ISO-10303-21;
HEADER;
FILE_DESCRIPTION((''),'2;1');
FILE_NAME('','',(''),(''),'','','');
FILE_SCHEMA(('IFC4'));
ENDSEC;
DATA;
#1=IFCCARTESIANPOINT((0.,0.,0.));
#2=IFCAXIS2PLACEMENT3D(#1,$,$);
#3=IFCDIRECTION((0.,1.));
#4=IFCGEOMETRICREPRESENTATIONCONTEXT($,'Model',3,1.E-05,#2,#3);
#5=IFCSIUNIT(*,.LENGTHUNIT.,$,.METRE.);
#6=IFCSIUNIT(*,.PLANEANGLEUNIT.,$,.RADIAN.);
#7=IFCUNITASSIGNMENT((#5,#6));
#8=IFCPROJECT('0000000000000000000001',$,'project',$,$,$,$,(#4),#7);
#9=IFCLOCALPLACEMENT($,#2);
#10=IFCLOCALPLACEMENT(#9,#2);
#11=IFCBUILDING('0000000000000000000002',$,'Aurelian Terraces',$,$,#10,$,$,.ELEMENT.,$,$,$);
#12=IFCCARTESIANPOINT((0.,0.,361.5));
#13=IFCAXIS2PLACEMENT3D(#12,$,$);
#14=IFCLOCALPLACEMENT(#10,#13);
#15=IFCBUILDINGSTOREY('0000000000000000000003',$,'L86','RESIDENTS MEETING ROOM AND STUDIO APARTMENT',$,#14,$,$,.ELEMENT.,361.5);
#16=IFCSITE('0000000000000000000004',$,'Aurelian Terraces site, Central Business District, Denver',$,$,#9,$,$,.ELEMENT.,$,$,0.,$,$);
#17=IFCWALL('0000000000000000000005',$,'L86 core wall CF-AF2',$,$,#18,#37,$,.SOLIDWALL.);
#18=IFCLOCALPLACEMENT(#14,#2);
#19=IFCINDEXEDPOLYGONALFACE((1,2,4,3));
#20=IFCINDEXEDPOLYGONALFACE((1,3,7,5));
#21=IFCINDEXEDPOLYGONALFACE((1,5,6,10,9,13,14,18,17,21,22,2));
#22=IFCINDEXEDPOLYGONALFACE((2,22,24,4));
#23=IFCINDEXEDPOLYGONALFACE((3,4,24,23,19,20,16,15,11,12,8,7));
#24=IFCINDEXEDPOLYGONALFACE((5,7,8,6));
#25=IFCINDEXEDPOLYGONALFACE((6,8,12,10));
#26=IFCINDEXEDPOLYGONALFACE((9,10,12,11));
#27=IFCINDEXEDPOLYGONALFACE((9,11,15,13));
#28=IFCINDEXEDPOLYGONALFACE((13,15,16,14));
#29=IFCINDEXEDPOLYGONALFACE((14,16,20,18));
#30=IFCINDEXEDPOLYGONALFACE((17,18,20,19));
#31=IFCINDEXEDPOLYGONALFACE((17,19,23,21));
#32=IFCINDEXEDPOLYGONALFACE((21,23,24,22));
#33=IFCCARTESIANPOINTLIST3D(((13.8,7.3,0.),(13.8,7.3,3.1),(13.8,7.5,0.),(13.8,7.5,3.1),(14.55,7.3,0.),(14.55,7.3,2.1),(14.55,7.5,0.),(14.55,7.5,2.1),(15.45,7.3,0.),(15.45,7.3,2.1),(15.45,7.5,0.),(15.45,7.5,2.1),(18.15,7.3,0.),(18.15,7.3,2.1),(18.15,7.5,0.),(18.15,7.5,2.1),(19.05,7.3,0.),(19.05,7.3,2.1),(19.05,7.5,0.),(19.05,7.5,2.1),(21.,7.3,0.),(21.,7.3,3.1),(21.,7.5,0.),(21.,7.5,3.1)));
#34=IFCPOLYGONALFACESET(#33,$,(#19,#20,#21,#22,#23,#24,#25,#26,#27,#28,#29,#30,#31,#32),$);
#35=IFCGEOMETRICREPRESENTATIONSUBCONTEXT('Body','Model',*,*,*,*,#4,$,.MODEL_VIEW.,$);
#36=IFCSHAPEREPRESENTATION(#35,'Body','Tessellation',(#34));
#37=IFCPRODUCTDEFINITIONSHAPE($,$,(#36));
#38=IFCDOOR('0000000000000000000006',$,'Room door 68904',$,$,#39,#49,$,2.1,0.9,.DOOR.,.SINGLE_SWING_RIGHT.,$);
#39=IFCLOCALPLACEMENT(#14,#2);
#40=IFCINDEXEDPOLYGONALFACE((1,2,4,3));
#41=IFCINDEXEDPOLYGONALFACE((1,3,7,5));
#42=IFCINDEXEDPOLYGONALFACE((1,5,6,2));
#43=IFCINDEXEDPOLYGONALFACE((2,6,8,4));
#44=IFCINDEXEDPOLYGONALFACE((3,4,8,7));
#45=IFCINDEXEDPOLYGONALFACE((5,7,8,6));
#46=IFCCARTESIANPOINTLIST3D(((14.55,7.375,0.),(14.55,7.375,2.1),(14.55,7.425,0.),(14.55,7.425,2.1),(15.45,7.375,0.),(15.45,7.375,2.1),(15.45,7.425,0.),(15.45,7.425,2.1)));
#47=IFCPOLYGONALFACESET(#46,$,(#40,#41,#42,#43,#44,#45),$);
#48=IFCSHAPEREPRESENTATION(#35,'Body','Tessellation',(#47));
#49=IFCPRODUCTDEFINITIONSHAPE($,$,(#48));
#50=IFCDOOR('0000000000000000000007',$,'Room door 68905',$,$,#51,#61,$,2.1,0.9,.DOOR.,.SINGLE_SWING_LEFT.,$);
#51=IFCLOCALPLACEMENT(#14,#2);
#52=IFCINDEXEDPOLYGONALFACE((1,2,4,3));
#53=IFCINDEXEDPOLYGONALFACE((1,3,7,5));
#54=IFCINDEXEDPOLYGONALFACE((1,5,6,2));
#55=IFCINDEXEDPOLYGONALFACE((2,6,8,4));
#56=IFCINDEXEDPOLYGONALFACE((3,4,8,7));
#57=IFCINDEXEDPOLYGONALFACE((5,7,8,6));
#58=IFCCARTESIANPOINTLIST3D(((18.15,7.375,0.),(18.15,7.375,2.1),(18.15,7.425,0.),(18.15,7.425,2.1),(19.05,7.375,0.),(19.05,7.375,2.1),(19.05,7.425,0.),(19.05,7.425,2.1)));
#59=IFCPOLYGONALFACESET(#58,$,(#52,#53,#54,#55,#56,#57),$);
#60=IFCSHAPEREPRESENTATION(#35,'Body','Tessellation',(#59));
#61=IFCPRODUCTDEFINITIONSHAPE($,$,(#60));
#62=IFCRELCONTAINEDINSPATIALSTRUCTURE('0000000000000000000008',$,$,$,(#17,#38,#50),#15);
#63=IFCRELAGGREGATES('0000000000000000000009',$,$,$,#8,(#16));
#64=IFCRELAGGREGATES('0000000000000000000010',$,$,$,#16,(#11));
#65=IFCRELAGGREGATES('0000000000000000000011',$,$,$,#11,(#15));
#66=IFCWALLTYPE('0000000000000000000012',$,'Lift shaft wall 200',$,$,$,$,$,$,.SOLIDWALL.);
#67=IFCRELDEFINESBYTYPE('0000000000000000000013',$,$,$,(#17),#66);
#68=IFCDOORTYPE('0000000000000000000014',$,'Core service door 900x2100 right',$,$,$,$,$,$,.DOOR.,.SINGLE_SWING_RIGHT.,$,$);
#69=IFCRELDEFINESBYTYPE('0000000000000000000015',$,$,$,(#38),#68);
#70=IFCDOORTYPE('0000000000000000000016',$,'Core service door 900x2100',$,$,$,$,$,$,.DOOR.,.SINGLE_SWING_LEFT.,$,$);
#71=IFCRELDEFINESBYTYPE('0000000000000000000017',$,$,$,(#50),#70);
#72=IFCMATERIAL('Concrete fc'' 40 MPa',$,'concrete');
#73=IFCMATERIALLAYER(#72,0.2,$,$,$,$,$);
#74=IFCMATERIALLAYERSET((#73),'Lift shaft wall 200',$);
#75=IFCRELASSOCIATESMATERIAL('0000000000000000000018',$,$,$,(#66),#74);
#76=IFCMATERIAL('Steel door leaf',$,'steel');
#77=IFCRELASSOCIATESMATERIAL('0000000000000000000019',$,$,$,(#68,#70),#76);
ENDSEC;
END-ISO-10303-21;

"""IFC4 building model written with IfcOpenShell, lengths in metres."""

from ifc_helpers import new_model, si_unit, direction, frame, frame_2d, origin, place, context, subcontext, project, spatial, rectangle, extrude, source, transform, mapped, material, layer, layer_set, type_object, element, fill, save


model = new_model("IFC4")

# Units and contexts
model_context = context("Model", 3, precision=1e-05, world=origin(), true_north=direction((0.0, 1.0)))
body_context = subcontext(model_context, "Body", "Model", "MODEL_VIEW")
ifc_project = project(units=[si_unit("LENGTHUNIT", "METRE"), si_unit("PLANEANGLEUNIT", "RADIAN")], contexts=[model_context])

# Site, building, storey
site_placement = place(None, origin())
site = spatial("IfcSite", under=ifc_project, at=site_placement, Name="Aurelian Terraces site, Central Business District, Denver", CompositionType="ELEMENT", RefElevation=0.0)
building_placement = place(site_placement, origin())
building = spatial("IfcBuilding", under=site, at=building_placement, Name="Aurelian Terraces", CompositionType="ELEMENT")
storey_placement = place(building_placement, frame((0.0, 0.0, 361.5)))
storey = spatial("IfcBuildingStorey", under=building, at=storey_placement, Name="L86", Description="RESIDENTS MEETING ROOM AND STUDIO APARTMENT", CompositionType="ELEMENT", Elevation=361.5)

# Shared definitions
ifc_material_1 = material(Name="Concrete fc' 40 MPa", Category="concrete")
ifc_layer_1 = layer(ifc_material_1, 0.2)
ifc_layer_set_1 = layer_set([ifc_layer_1], Name="Lift shaft wall 200")
wall_type_1 = type_object("IfcWallType", Name="Lift shaft wall 200", PredefinedType="SOLIDWALL", material=ifc_layer_set_1)

# Shared definitions
shared_shape_1 = source(origin(), body_context, "Body", "SweptSolid", [
    extrude(rectangle(XDim=0.9, YDim=2.1, at=frame_2d((0.45, 1.05))), frame((0.0, 0.11, 0.0), z_axis=(0.0, -1.0, 0.0), x_axis=(1.0, 0.0, 0.0)), (0.0, 0.0, 1.0), 0.22),
])
ifc_material_2 = material(Name="Steel door leaf", Category="steel")
door_type_1 = type_object("IfcDoorType", Name="Core service door 900x2100 right", OperationType="SINGLE_SWING_RIGHT", PredefinedType="DOOR", material=ifc_material_2)
shared_shape_2 = source(origin(), body_context, "Body", "SweptSolid", [
    extrude(rectangle(XDim=0.9, YDim=2.1, at=frame_2d((0.45, 1.05))), frame((0.0, 0.025, 0.0), z_axis=(0.0, -1.0, 0.0), x_axis=(1.0, 0.0, 0.0)), (0.0, 0.0, 1.0), 0.05),
])
door_type_2 = type_object("IfcDoorType", Name="Core service door 900x2100", OperationType="SINGLE_SWING_LEFT", PredefinedType="DOOR", material=ifc_material_2)

# Wall, openings, doors
shared_shape_3 = source(origin(), body_context, "Body", "SweptSolid", [
    extrude(rectangle(XDim=7.2, YDim=0.2, at=frame_2d((3.6, 0.0))), origin(), (0.0, 0.0, 1.0), 3.1),
])
wall_1_placement = place(storey_placement, frame((13.8, 7.4, 0.0), z_axis=(0.0, 0.0, 1.0), x_axis=(1.0, 0.0, 0.0)))
wall_1 = element("IfcWall", 1, at=wall_1_placement, inside=storey, type_object=wall_type_1, Name="L86 core wall CF-AF2", PredefinedType="SOLIDWALL", context=body_context, shape_type="MappedRepresentation", body=[
    mapped(shared_shape_3, transform((0.0, 0.0, 0.0), scale=1.0)),
])
opening_1_placement = place(wall_1_placement, frame((0.75, 0.0, 0.0)))
opening_1 = element("IfcOpeningElement", 2, at=opening_1_placement, cuts=wall_1, PredefinedType="OPENING", context=body_context, shape_type="MappedRepresentation", body=[
    mapped(shared_shape_1, transform((0.0, 0.0, 0.0), scale=1.0)),
])
opening_2_placement = place(wall_1_placement, frame((4.35, 0.0, 0.0)))
opening_2 = element("IfcOpeningElement", 3, at=opening_2_placement, cuts=wall_1, PredefinedType="OPENING", context=body_context, shape_type="MappedRepresentation", body=[
    mapped(shared_shape_1, transform((0.0, 0.0, 0.0), scale=1.0)),
])
door_1_placement = place(opening_1_placement, origin())
door_1 = element("IfcDoor", 4, at=door_1_placement, inside=storey, type_object=door_type_1, Name="Room door 68904", OperationType="SINGLE_SWING_RIGHT", OverallHeight=2.1, OverallWidth=0.9, PredefinedType="DOOR", context=body_context, shape_type="MappedRepresentation", body=[
    mapped(shared_shape_2, transform((0.0, 0.0, 0.0), scale=1.0)),
])
fill(opening_1, door_1)
door_2_placement = place(opening_2_placement, origin())
door_2 = element("IfcDoor", 5, at=door_2_placement, inside=storey, type_object=door_type_2, Name="Room door 68905", OperationType="SINGLE_SWING_LEFT", OverallHeight=2.1, OverallWidth=0.9, PredefinedType="DOOR", context=body_context, shape_type="MappedRepresentation", body=[
    mapped(shared_shape_2, transform((0.0, 0.0, 0.0), scale=1.0)),
])
fill(opening_2, door_2)

save(model, "model.ifc")
